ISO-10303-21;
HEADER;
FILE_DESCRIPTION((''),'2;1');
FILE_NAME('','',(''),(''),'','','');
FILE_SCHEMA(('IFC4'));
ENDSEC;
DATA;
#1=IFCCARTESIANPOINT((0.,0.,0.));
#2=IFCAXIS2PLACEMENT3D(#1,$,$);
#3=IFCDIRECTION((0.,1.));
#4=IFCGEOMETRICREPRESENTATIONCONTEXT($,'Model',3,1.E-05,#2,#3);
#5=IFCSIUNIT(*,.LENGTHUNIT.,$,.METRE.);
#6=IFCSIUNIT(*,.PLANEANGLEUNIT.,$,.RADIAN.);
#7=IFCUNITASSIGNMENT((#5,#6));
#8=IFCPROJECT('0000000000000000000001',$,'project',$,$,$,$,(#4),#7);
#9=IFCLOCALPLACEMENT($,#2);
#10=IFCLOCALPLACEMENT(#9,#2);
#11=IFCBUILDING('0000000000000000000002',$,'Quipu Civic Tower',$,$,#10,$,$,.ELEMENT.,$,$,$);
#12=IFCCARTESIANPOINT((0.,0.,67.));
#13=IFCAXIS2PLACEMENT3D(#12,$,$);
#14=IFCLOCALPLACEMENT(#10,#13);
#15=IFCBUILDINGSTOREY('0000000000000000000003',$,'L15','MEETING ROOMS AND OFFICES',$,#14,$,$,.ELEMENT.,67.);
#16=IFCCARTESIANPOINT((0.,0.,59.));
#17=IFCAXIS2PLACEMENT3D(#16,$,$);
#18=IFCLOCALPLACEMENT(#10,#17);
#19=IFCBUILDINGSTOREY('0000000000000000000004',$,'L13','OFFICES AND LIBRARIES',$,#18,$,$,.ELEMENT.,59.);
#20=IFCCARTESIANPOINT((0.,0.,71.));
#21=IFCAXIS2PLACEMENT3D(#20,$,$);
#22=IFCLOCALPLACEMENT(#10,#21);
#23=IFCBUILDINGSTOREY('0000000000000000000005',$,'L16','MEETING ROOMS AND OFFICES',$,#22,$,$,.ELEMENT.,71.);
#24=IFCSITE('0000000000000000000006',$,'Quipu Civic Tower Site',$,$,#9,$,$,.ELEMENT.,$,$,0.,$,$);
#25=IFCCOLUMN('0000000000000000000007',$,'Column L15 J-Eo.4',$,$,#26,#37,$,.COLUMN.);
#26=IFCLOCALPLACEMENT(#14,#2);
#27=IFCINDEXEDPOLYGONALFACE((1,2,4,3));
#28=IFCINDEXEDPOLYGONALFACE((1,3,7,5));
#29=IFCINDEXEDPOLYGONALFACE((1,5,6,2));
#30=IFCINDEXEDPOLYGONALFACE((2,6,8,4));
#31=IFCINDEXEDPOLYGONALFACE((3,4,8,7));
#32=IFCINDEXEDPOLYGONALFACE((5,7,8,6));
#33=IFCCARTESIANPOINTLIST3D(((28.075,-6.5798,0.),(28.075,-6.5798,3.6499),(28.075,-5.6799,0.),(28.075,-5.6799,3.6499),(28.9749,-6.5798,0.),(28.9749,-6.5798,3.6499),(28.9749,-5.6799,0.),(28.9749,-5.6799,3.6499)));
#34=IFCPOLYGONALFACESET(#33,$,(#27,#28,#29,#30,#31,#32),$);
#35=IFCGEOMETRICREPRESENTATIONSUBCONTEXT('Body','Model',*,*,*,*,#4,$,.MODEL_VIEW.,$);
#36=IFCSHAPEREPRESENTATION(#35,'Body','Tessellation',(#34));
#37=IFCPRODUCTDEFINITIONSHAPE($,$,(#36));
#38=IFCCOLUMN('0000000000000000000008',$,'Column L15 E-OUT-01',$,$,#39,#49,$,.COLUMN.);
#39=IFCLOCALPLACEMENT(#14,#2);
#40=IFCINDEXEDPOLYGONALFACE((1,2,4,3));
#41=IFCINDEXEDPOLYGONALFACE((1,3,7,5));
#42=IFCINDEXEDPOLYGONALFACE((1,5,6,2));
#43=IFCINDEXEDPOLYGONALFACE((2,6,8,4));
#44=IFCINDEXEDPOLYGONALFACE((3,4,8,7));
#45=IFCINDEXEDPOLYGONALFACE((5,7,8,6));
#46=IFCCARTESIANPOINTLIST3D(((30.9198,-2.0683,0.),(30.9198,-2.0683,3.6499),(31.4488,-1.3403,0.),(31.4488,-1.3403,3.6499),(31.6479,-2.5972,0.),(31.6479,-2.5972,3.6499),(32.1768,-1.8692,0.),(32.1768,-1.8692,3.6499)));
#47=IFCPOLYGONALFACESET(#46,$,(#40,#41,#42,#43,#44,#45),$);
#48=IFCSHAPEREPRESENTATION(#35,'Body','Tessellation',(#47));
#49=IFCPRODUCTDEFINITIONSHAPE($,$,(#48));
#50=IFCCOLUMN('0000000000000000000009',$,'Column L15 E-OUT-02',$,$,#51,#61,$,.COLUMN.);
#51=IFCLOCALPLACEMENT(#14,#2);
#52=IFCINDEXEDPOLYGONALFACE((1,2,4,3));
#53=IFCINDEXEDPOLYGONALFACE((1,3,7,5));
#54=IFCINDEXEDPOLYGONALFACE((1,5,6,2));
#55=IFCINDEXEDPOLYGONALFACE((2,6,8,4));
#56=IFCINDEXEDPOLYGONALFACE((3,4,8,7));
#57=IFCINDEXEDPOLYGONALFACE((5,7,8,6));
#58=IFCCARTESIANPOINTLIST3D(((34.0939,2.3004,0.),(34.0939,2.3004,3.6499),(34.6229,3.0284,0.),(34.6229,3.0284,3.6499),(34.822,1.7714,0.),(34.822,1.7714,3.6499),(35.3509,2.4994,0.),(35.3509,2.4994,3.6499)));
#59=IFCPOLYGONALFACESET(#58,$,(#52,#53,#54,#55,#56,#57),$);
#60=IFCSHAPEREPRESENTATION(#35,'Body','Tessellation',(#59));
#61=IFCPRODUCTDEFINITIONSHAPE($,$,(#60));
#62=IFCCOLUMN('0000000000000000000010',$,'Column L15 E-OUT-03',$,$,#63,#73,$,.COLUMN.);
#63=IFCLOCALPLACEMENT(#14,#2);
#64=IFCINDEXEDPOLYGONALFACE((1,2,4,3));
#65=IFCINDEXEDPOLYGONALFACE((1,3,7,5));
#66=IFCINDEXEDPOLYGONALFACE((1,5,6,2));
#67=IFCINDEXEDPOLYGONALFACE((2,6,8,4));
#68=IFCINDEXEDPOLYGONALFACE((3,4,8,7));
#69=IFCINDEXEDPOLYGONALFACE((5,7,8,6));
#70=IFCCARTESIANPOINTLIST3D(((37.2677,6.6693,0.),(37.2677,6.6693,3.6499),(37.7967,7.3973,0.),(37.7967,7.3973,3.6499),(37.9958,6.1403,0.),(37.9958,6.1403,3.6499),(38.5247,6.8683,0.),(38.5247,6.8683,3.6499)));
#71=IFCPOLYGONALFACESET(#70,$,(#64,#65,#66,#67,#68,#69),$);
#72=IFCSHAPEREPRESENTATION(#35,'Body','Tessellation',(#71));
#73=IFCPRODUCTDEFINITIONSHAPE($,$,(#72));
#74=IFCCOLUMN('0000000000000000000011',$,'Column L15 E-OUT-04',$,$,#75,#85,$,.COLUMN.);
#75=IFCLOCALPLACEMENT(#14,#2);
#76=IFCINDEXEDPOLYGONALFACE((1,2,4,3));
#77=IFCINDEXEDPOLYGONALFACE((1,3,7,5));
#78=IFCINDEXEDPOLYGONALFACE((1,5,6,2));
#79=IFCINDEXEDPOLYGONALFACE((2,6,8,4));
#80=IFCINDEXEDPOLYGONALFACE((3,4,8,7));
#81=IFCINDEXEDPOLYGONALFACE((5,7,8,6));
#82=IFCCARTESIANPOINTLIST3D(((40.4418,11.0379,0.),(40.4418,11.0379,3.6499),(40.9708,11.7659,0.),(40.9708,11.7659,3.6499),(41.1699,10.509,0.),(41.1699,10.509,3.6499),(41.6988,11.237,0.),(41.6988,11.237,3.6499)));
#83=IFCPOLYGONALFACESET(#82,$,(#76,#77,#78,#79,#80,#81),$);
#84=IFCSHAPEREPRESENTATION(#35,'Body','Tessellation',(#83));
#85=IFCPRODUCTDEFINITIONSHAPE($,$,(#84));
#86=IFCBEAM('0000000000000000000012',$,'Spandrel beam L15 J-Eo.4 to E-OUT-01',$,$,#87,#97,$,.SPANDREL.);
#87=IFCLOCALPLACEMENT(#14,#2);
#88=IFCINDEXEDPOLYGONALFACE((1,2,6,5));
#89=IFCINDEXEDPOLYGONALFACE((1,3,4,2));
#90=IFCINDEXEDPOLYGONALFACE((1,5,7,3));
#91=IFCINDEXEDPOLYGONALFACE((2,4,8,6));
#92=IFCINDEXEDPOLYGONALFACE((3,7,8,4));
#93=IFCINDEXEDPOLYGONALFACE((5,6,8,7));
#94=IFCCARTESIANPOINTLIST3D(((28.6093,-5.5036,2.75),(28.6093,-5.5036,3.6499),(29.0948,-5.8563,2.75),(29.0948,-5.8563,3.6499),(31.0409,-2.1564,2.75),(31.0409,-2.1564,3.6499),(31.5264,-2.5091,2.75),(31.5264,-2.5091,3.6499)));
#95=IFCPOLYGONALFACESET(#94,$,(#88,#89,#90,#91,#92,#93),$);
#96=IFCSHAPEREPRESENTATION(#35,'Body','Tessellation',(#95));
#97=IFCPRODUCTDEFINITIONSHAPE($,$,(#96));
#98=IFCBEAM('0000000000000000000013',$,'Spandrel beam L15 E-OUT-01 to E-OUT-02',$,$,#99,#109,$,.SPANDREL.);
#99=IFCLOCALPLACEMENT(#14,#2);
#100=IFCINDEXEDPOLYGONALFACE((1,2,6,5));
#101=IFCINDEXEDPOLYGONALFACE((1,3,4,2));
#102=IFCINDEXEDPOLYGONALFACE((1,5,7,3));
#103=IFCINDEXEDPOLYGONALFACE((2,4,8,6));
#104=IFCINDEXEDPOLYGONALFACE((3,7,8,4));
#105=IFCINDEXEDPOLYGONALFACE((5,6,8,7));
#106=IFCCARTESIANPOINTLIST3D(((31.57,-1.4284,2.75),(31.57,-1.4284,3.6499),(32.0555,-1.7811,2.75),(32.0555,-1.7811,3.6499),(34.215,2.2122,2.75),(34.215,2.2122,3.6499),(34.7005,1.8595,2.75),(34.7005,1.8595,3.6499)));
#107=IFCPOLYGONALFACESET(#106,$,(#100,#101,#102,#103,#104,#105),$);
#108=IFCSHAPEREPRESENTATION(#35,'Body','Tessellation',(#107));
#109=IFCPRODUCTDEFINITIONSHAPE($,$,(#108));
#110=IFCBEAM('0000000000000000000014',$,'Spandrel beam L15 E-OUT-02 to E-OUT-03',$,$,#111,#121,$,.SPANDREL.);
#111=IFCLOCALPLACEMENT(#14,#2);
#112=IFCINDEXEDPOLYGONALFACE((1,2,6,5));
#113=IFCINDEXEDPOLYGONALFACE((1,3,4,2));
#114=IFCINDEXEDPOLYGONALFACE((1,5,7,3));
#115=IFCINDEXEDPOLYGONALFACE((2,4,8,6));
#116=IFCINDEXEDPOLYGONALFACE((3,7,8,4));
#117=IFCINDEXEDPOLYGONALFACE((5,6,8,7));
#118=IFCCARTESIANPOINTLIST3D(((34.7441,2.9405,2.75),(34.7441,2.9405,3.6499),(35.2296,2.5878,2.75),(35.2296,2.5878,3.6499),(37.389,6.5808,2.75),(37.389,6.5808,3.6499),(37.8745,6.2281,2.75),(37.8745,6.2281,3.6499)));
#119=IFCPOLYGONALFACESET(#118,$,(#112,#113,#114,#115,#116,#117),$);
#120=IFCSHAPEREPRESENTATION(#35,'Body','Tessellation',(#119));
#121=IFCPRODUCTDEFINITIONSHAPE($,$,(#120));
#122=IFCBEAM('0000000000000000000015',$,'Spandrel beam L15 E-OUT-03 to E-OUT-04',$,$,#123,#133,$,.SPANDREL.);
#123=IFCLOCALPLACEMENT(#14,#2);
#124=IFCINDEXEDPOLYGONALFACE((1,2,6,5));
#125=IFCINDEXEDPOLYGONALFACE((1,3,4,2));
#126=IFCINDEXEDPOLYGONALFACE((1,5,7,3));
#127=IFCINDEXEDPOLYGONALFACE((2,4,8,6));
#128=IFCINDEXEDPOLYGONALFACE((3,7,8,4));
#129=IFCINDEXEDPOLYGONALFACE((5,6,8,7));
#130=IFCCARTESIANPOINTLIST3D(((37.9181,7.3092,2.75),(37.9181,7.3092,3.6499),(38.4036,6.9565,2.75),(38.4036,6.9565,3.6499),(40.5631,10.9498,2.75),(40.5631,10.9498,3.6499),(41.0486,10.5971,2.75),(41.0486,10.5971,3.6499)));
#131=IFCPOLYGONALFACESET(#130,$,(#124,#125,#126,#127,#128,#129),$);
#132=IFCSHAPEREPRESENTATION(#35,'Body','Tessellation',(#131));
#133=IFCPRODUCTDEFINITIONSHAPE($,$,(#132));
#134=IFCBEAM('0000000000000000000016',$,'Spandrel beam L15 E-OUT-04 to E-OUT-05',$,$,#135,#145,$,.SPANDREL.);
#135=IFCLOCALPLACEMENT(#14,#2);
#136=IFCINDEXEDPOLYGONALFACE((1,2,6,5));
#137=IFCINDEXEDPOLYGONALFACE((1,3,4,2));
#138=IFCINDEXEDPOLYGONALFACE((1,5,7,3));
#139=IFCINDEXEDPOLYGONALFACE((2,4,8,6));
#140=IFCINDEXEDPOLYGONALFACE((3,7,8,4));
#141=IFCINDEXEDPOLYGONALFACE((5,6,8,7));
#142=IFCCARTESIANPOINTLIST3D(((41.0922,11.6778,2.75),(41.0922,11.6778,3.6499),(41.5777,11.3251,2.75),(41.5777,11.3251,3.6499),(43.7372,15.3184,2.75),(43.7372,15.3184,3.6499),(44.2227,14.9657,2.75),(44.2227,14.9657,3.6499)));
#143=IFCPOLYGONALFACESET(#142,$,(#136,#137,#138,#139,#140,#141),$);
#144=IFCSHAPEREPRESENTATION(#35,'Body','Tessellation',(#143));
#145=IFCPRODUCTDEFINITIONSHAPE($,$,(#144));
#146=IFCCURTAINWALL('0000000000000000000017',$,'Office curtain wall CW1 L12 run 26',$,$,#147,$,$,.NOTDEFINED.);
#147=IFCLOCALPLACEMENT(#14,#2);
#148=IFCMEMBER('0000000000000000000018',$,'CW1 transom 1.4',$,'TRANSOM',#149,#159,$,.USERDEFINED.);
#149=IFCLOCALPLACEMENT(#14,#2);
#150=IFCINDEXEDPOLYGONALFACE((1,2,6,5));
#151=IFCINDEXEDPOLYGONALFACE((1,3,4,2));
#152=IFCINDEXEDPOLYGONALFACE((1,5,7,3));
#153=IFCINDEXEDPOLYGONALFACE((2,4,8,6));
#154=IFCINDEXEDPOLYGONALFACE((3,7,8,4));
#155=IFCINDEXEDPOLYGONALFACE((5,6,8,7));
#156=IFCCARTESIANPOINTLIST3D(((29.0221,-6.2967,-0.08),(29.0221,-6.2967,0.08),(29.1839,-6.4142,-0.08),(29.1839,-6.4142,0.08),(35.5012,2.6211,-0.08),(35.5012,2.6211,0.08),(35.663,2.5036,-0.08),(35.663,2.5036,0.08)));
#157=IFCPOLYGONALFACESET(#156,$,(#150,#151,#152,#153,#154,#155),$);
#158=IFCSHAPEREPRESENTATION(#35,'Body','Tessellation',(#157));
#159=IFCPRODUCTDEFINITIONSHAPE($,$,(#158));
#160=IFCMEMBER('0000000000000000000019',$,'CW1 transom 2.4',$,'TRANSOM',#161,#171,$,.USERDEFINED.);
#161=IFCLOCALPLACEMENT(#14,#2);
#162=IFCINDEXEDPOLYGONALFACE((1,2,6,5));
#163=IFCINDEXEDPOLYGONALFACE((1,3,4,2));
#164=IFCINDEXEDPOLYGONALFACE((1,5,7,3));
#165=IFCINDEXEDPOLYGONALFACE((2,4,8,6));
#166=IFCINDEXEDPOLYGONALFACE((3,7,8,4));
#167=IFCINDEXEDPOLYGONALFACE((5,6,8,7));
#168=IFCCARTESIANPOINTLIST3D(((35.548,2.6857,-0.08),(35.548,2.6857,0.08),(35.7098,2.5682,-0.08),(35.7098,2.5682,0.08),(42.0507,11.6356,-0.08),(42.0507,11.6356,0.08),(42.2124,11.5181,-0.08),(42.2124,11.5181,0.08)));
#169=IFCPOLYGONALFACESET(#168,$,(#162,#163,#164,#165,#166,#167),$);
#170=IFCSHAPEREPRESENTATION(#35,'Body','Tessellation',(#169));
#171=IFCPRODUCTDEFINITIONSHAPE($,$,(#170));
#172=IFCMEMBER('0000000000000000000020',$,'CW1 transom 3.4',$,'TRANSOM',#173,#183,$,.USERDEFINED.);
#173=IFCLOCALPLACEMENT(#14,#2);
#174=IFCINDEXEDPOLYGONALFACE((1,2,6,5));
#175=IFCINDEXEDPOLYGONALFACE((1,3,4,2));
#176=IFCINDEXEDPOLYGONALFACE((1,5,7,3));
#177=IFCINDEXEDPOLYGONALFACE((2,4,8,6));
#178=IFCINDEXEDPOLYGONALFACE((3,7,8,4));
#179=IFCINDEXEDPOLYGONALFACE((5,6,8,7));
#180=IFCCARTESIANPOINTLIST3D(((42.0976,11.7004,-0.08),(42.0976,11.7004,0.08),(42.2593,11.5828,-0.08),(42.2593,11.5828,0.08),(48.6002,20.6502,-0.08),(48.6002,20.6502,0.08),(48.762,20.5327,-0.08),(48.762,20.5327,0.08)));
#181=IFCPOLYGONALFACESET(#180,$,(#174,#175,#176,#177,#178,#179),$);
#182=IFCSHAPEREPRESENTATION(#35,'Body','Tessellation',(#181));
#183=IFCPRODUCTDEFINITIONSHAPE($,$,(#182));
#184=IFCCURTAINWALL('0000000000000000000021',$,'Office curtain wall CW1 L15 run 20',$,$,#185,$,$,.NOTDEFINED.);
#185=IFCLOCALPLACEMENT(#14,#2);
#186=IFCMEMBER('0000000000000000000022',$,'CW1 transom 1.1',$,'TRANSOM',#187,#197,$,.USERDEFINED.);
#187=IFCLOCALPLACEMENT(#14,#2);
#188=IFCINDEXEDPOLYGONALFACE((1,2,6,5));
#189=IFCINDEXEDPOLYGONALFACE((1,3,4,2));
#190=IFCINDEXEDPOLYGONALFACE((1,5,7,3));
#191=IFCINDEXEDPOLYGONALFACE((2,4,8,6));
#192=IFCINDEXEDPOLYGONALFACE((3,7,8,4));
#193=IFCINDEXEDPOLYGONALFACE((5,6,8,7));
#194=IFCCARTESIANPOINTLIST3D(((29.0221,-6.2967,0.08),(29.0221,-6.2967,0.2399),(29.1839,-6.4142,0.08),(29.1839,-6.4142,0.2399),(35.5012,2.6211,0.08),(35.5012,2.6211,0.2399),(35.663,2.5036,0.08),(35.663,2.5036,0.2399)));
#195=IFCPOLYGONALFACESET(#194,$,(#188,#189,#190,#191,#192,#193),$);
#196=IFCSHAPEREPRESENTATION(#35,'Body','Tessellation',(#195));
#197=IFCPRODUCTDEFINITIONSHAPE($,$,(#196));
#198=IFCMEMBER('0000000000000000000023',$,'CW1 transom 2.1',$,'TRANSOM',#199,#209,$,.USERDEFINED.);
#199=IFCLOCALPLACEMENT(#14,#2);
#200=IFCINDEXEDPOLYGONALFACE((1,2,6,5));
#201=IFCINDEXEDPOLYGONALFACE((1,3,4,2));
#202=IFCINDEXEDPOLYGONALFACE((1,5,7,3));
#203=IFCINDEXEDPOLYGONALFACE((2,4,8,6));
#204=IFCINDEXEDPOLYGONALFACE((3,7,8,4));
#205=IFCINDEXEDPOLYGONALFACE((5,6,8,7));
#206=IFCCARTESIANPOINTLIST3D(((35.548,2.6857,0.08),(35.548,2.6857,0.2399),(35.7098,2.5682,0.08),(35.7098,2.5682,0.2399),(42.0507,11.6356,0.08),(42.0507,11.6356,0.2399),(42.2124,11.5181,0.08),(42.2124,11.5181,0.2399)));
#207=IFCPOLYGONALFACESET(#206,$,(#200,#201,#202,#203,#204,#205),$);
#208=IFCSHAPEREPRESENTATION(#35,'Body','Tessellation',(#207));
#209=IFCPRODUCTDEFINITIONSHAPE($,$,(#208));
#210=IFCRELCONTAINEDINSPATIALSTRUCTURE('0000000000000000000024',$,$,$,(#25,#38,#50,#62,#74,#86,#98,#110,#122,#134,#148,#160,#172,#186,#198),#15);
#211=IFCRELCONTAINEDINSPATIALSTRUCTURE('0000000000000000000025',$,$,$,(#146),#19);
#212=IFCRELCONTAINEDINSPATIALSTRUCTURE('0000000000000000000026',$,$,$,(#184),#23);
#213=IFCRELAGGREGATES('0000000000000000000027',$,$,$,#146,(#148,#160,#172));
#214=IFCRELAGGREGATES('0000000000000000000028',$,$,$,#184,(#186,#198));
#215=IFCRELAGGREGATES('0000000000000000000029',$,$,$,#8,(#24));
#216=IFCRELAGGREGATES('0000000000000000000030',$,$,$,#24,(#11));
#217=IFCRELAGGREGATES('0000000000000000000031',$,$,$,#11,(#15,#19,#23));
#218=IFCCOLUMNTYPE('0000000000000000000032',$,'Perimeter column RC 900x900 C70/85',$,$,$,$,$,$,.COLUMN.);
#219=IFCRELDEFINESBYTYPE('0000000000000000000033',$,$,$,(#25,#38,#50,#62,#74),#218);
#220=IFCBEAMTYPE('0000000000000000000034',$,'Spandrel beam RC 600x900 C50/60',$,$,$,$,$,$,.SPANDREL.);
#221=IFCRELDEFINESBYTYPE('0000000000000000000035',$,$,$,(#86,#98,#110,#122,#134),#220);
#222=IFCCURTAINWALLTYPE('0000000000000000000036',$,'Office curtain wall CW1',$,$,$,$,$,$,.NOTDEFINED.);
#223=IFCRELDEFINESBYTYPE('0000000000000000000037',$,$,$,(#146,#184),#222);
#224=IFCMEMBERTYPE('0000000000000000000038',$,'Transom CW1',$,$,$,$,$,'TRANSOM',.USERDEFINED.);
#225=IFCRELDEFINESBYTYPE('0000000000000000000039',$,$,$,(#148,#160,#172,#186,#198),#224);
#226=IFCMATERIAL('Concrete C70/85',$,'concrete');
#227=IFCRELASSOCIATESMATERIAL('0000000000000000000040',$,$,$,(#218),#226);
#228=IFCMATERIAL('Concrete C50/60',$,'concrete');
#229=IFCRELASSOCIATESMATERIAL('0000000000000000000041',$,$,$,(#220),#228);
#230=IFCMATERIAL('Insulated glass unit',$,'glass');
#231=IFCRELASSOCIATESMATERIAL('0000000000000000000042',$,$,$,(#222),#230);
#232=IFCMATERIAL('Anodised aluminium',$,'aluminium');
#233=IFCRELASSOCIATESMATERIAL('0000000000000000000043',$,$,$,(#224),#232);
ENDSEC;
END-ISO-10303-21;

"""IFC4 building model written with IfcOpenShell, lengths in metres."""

from ifc_helpers import new_model, si_unit, direction, frame, origin, origin_2d, place, context, subcontext, project, spatial, rectangle, extrude, material, material_profile, profile_set, type_object, element, aggregate, save


model = new_model("IFC4")

# Units and contexts
model_context = context("Model", 3, precision=1e-05, world=origin(), true_north=direction((0.0, 1.0)))
body_context = subcontext(model_context, "Body", "Model", "MODEL_VIEW")
ifc_project = project(units=[si_unit("LENGTHUNIT", "METRE"), si_unit("PLANEANGLEUNIT", "RADIAN")], contexts=[model_context])

# Site, building, storey
site_placement = place(None, origin())
site = spatial("IfcSite", under=ifc_project, at=site_placement, Name="Quipu Civic Tower Site", CompositionType="ELEMENT", RefElevation=0.0)
building_placement = place(site_placement, origin())
building = spatial("IfcBuilding", under=site, at=building_placement, Name="Quipu Civic Tower", CompositionType="ELEMENT")
storey_1_placement = place(building_placement, frame((0.0, 0.0, 67.0)))
storey_1 = spatial("IfcBuildingStorey", under=building, at=storey_1_placement, Name="L15", Description="MEETING ROOMS AND OFFICES", CompositionType="ELEMENT", Elevation=67.0)

# Columns
ifc_material_1 = material(Name="Concrete C70/85", Category="concrete")
ifc_material_profile_1 = material_profile(ifc_material_1, rectangle(XDim=0.8999, YDim=0.8999, at=origin_2d()), Name="RC900x900")
ifc_profile_set_1 = profile_set([ifc_material_profile_1], Name="Concrete C70/85")
column_type = type_object("IfcColumnType", Name="Perimeter column RC 900x900 C70/85", PredefinedType="COLUMN", material=ifc_profile_set_1)
for number, where, z_axis, x_axis, name in (
    (1, (28.5249, -6.1299, 0.0), (0.0, 0.0, 1.0), (1.0, 0.0, 0.0), "Column L15 J-Eo.4"),
    (2, (31.5483, -1.9688, 0.0), (0.0, 0.0, 1.0), (0.587785, 0.809017, 0.0), "Column L15 E-OUT-01"),
    (3, (34.7224, 2.3999, 0.0), (0.0, 0.0, 1.0), (0.587785, 0.809017, 0.0), "Column L15 E-OUT-02"),
    (4, (37.8962, 6.7688, 0.0), (0.0, 0.0, 1.0), (0.587785, 0.809017, 0.0), "Column L15 E-OUT-03"),
    (5, (41.0703, 11.1375, 0.0), (0.0, 0.0, 1.0), (0.587785, 0.809017, 0.0), "Column L15 E-OUT-04"),
):
    element("IfcColumn", number, at=place(storey_1_placement, frame(where, z_axis=z_axis, x_axis=x_axis)), inside=storey_1, type_object=column_type, Name=name, PredefinedType="COLUMN", context=body_context, shape_type="SweptSolid", body=[
        extrude(rectangle(XDim=0.8999, YDim=0.8999, at=origin_2d()), origin(), (0.0, 0.0, 1.0), 3.6499),
    ])

# Beams
ifc_material_2 = material(Name="Concrete C50/60", Category="concrete")
ifc_material_profile_2 = material_profile(ifc_material_2, rectangle(XDim=0.6001, YDim=0.8999, at=origin_2d()), Name="RC600x900")
ifc_profile_set_2 = profile_set([ifc_material_profile_2], Name="Concrete C50/60")
beam_type = type_object("IfcBeamType", Name="Spandrel beam RC 600x900 C50/60", PredefinedType="SPANDREL", material=ifc_profile_set_2)
beam_1_placement = place(storey_1_placement, frame((28.8521, -5.6799, 3.2), z_axis=(0.587751, 0.809042, 0.0), x_axis=(-0.809042, 0.587751, 0.0)))
element("IfcBeam", 6, at=beam_1_placement, inside=storey_1, type_object=beam_type, Name="Spandrel beam L15 J-Eo.4 to E-OUT-01", PredefinedType="SPANDREL", context=body_context, shape_type="SweptSolid", body=[
    extrude(rectangle(XDim=0.6001, YDim=0.8999, at=origin_2d()), origin(), (0.0, 0.0, 1.0), 4.1372),
])
beam_2_placement = place(storey_1_placement, frame((31.8127, -1.6047, 3.2), z_axis=(0.587778, 0.809022, 0.0), x_axis=(-0.809022, 0.587778, 0.0)))
element("IfcBeam", 7, at=beam_2_placement, inside=storey_1, type_object=beam_type, Name="Spandrel beam L15 E-OUT-01 to E-OUT-02", PredefinedType="SPANDREL", context=body_context, shape_type="SweptSolid", body=[
    extrude(rectangle(XDim=0.6001, YDim=0.8999, at=origin_2d()), origin(), (0.0, 0.0, 1.0), 4.5),
])
beam_3_placement = place(storey_1_placement, frame((34.9868, 2.7642, 3.2), z_axis=(0.587804, 0.809003, 0.0), x_axis=(-0.809003, 0.587804, 0.0)))
element("IfcBeam", 8, at=beam_3_placement, inside=storey_1, type_object=beam_type, Name="Spandrel beam L15 E-OUT-02 to E-OUT-03", PredefinedType="SPANDREL", context=body_context, shape_type="SweptSolid", body=[
    extrude(rectangle(XDim=0.6001, YDim=0.8999, at=origin_2d()), origin(), (0.0, 0.0, 1.0), 4.4998),
])
for number, where, z_axis, x_axis, name in (
    (9, (38.1609, 7.1328, 3.2), (0.587778, 0.809022, 0.0), (-0.809022, 0.587778, 0.0), "Spandrel beam L15 E-OUT-03 to E-OUT-04"),
    (10, (41.335, 11.5015, 3.2), (0.587778, 0.809022, 0.0), (-0.809022, 0.587778, 0.0), "Spandrel beam L15 E-OUT-04 to E-OUT-05"),
):
    element("IfcBeam", number, at=place(storey_1_placement, frame(where, z_axis=z_axis, x_axis=x_axis)), inside=storey_1, type_object=beam_type, Name=name, PredefinedType="SPANDREL", context=body_context, shape_type="SweptSolid", body=[
        extrude(rectangle(XDim=0.6001, YDim=0.8999, at=origin_2d()), origin(), (0.0, 0.0, 1.0), 4.5),
    ])

# Shared definitions
storey_2_placement = place(building_placement, frame((0.0, 0.0, 59.0)))
storey_2 = spatial("IfcBuildingStorey", under=building, at=storey_2_placement, Name="L13", Description="OFFICES AND LIBRARIES", CompositionType="ELEMENT", Elevation=59.0)

# Curtain wall, members
ifc_material_3 = material(Name="Insulated glass unit", Category="glass")
curtain_wall_type = type_object("IfcCurtainWallType", Name="Office curtain wall CW1", PredefinedType="NOTDEFINED", material=ifc_material_3)
curtain_wall_1_placement = place(storey_2_placement, origin())
curtain_wall_1 = element("IfcCurtainWall", 11, at=curtain_wall_1_placement, inside=storey_2, type_object=curtain_wall_type, Name="Office curtain wall CW1 L12 run 26", PredefinedType="NOTDEFINED")
ifc_material_4 = material(Name="Anodised aluminium", Category="aluminium")
ifc_material_profile_3 = material_profile(ifc_material_4, rectangle(XDim=0.2, YDim=0.1599, at=origin_2d()), Name="RECT 200x160")
ifc_profile_set_3 = profile_set([ifc_material_profile_3], Name="Anodised aluminium")
member_type = type_object("IfcMemberType", Name="Transom CW1", ElementType="TRANSOM", PredefinedType="USERDEFINED", material=ifc_profile_set_3)
member_1_placement = place(storey_1_placement, frame((29.103, -6.3555, 0.0), z_axis=(0.587779, 0.809021, 0.0), x_axis=(-0.809021, 0.587779, 0.0)))
member_1 = element("IfcMember", 12, at=member_1_placement, inside=storey_1, type_object=member_type, Name="CW1 transom 1.4", ObjectType="TRANSOM", PredefinedType="USERDEFINED", context=body_context, shape_type="SweptSolid", body=[
    extrude(rectangle(XDim=0.2, YDim=0.1599, at=origin_2d()), origin(), (0.0, 0.0, 1.0), 11.0229),
])
member_2_placement = place(storey_1_placement, frame((35.6289, 2.627, 0.0), z_axis=(0.587795, 0.80901, 0.0), x_axis=(-0.80901, 0.587795, 0.0)))
member_2 = element("IfcMember", 13, at=member_2_placement, inside=storey_1, type_object=member_type, Name="CW1 transom 2.4", ObjectType="TRANSOM", PredefinedType="USERDEFINED", context=body_context, shape_type="SweptSolid", body=[
    extrude(rectangle(XDim=0.2, YDim=0.1599, at=origin_2d()), origin(), (0.0, 0.0, 1.0), 11.0627),
])
member_3_placement = place(storey_1_placement, frame((42.1785, 11.6416, 0.0), z_axis=(0.587795, 0.80901, 0.0), x_axis=(-0.80901, 0.587795, 0.0)))
member_3 = element("IfcMember", 14, at=member_3_placement, inside=storey_1, type_object=member_type, Name="CW1 transom 3.4", ObjectType="TRANSOM", PredefinedType="USERDEFINED", context=body_context, shape_type="SweptSolid", body=[
    extrude(rectangle(XDim=0.2, YDim=0.1599, at=origin_2d()), origin(), (0.0, 0.0, 1.0), 11.0627),
])
aggregate(curtain_wall_1, [member_1, member_2, member_3])

# Shared definitions
storey_3_placement = place(building_placement, frame((0.0, 0.0, 71.0)))
storey_3 = spatial("IfcBuildingStorey", under=building, at=storey_3_placement, Name="L16", Description="MEETING ROOMS AND OFFICES", CompositionType="ELEMENT", Elevation=71.0)

# Curtain wall, members
curtain_wall_2_placement = place(storey_3_placement, origin())
curtain_wall_2 = element("IfcCurtainWall", 15, at=curtain_wall_2_placement, inside=storey_3, type_object=curtain_wall_type, Name="Office curtain wall CW1 L15 run 20", PredefinedType="NOTDEFINED")
member_4_placement = place(storey_1_placement, frame((29.103, -6.3555, 0.1599), z_axis=(0.587779, 0.809021, 0.0), x_axis=(-0.809021, 0.587779, 0.0)))
member_4 = element("IfcMember", 16, at=member_4_placement, inside=storey_1, type_object=member_type, Name="CW1 transom 1.1", ObjectType="TRANSOM", PredefinedType="USERDEFINED", context=body_context, shape_type="SweptSolid", body=[
    extrude(rectangle(XDim=0.2, YDim=0.1599, at=origin_2d()), origin(), (0.0, 0.0, 1.0), 11.0229),
])
member_5_placement = place(storey_1_placement, frame((35.6289, 2.627, 0.1599), z_axis=(0.587795, 0.80901, 0.0), x_axis=(-0.80901, 0.587795, 0.0)))
member_5 = element("IfcMember", 17, at=member_5_placement, inside=storey_1, type_object=member_type, Name="CW1 transom 2.1", ObjectType="TRANSOM", PredefinedType="USERDEFINED", context=body_context, shape_type="SweptSolid", body=[
    extrude(rectangle(XDim=0.2, YDim=0.1599, at=origin_2d()), origin(), (0.0, 0.0, 1.0), 11.0627),
])
aggregate(curtain_wall_2, [member_4, member_5])

save(model, "model.ifc")
